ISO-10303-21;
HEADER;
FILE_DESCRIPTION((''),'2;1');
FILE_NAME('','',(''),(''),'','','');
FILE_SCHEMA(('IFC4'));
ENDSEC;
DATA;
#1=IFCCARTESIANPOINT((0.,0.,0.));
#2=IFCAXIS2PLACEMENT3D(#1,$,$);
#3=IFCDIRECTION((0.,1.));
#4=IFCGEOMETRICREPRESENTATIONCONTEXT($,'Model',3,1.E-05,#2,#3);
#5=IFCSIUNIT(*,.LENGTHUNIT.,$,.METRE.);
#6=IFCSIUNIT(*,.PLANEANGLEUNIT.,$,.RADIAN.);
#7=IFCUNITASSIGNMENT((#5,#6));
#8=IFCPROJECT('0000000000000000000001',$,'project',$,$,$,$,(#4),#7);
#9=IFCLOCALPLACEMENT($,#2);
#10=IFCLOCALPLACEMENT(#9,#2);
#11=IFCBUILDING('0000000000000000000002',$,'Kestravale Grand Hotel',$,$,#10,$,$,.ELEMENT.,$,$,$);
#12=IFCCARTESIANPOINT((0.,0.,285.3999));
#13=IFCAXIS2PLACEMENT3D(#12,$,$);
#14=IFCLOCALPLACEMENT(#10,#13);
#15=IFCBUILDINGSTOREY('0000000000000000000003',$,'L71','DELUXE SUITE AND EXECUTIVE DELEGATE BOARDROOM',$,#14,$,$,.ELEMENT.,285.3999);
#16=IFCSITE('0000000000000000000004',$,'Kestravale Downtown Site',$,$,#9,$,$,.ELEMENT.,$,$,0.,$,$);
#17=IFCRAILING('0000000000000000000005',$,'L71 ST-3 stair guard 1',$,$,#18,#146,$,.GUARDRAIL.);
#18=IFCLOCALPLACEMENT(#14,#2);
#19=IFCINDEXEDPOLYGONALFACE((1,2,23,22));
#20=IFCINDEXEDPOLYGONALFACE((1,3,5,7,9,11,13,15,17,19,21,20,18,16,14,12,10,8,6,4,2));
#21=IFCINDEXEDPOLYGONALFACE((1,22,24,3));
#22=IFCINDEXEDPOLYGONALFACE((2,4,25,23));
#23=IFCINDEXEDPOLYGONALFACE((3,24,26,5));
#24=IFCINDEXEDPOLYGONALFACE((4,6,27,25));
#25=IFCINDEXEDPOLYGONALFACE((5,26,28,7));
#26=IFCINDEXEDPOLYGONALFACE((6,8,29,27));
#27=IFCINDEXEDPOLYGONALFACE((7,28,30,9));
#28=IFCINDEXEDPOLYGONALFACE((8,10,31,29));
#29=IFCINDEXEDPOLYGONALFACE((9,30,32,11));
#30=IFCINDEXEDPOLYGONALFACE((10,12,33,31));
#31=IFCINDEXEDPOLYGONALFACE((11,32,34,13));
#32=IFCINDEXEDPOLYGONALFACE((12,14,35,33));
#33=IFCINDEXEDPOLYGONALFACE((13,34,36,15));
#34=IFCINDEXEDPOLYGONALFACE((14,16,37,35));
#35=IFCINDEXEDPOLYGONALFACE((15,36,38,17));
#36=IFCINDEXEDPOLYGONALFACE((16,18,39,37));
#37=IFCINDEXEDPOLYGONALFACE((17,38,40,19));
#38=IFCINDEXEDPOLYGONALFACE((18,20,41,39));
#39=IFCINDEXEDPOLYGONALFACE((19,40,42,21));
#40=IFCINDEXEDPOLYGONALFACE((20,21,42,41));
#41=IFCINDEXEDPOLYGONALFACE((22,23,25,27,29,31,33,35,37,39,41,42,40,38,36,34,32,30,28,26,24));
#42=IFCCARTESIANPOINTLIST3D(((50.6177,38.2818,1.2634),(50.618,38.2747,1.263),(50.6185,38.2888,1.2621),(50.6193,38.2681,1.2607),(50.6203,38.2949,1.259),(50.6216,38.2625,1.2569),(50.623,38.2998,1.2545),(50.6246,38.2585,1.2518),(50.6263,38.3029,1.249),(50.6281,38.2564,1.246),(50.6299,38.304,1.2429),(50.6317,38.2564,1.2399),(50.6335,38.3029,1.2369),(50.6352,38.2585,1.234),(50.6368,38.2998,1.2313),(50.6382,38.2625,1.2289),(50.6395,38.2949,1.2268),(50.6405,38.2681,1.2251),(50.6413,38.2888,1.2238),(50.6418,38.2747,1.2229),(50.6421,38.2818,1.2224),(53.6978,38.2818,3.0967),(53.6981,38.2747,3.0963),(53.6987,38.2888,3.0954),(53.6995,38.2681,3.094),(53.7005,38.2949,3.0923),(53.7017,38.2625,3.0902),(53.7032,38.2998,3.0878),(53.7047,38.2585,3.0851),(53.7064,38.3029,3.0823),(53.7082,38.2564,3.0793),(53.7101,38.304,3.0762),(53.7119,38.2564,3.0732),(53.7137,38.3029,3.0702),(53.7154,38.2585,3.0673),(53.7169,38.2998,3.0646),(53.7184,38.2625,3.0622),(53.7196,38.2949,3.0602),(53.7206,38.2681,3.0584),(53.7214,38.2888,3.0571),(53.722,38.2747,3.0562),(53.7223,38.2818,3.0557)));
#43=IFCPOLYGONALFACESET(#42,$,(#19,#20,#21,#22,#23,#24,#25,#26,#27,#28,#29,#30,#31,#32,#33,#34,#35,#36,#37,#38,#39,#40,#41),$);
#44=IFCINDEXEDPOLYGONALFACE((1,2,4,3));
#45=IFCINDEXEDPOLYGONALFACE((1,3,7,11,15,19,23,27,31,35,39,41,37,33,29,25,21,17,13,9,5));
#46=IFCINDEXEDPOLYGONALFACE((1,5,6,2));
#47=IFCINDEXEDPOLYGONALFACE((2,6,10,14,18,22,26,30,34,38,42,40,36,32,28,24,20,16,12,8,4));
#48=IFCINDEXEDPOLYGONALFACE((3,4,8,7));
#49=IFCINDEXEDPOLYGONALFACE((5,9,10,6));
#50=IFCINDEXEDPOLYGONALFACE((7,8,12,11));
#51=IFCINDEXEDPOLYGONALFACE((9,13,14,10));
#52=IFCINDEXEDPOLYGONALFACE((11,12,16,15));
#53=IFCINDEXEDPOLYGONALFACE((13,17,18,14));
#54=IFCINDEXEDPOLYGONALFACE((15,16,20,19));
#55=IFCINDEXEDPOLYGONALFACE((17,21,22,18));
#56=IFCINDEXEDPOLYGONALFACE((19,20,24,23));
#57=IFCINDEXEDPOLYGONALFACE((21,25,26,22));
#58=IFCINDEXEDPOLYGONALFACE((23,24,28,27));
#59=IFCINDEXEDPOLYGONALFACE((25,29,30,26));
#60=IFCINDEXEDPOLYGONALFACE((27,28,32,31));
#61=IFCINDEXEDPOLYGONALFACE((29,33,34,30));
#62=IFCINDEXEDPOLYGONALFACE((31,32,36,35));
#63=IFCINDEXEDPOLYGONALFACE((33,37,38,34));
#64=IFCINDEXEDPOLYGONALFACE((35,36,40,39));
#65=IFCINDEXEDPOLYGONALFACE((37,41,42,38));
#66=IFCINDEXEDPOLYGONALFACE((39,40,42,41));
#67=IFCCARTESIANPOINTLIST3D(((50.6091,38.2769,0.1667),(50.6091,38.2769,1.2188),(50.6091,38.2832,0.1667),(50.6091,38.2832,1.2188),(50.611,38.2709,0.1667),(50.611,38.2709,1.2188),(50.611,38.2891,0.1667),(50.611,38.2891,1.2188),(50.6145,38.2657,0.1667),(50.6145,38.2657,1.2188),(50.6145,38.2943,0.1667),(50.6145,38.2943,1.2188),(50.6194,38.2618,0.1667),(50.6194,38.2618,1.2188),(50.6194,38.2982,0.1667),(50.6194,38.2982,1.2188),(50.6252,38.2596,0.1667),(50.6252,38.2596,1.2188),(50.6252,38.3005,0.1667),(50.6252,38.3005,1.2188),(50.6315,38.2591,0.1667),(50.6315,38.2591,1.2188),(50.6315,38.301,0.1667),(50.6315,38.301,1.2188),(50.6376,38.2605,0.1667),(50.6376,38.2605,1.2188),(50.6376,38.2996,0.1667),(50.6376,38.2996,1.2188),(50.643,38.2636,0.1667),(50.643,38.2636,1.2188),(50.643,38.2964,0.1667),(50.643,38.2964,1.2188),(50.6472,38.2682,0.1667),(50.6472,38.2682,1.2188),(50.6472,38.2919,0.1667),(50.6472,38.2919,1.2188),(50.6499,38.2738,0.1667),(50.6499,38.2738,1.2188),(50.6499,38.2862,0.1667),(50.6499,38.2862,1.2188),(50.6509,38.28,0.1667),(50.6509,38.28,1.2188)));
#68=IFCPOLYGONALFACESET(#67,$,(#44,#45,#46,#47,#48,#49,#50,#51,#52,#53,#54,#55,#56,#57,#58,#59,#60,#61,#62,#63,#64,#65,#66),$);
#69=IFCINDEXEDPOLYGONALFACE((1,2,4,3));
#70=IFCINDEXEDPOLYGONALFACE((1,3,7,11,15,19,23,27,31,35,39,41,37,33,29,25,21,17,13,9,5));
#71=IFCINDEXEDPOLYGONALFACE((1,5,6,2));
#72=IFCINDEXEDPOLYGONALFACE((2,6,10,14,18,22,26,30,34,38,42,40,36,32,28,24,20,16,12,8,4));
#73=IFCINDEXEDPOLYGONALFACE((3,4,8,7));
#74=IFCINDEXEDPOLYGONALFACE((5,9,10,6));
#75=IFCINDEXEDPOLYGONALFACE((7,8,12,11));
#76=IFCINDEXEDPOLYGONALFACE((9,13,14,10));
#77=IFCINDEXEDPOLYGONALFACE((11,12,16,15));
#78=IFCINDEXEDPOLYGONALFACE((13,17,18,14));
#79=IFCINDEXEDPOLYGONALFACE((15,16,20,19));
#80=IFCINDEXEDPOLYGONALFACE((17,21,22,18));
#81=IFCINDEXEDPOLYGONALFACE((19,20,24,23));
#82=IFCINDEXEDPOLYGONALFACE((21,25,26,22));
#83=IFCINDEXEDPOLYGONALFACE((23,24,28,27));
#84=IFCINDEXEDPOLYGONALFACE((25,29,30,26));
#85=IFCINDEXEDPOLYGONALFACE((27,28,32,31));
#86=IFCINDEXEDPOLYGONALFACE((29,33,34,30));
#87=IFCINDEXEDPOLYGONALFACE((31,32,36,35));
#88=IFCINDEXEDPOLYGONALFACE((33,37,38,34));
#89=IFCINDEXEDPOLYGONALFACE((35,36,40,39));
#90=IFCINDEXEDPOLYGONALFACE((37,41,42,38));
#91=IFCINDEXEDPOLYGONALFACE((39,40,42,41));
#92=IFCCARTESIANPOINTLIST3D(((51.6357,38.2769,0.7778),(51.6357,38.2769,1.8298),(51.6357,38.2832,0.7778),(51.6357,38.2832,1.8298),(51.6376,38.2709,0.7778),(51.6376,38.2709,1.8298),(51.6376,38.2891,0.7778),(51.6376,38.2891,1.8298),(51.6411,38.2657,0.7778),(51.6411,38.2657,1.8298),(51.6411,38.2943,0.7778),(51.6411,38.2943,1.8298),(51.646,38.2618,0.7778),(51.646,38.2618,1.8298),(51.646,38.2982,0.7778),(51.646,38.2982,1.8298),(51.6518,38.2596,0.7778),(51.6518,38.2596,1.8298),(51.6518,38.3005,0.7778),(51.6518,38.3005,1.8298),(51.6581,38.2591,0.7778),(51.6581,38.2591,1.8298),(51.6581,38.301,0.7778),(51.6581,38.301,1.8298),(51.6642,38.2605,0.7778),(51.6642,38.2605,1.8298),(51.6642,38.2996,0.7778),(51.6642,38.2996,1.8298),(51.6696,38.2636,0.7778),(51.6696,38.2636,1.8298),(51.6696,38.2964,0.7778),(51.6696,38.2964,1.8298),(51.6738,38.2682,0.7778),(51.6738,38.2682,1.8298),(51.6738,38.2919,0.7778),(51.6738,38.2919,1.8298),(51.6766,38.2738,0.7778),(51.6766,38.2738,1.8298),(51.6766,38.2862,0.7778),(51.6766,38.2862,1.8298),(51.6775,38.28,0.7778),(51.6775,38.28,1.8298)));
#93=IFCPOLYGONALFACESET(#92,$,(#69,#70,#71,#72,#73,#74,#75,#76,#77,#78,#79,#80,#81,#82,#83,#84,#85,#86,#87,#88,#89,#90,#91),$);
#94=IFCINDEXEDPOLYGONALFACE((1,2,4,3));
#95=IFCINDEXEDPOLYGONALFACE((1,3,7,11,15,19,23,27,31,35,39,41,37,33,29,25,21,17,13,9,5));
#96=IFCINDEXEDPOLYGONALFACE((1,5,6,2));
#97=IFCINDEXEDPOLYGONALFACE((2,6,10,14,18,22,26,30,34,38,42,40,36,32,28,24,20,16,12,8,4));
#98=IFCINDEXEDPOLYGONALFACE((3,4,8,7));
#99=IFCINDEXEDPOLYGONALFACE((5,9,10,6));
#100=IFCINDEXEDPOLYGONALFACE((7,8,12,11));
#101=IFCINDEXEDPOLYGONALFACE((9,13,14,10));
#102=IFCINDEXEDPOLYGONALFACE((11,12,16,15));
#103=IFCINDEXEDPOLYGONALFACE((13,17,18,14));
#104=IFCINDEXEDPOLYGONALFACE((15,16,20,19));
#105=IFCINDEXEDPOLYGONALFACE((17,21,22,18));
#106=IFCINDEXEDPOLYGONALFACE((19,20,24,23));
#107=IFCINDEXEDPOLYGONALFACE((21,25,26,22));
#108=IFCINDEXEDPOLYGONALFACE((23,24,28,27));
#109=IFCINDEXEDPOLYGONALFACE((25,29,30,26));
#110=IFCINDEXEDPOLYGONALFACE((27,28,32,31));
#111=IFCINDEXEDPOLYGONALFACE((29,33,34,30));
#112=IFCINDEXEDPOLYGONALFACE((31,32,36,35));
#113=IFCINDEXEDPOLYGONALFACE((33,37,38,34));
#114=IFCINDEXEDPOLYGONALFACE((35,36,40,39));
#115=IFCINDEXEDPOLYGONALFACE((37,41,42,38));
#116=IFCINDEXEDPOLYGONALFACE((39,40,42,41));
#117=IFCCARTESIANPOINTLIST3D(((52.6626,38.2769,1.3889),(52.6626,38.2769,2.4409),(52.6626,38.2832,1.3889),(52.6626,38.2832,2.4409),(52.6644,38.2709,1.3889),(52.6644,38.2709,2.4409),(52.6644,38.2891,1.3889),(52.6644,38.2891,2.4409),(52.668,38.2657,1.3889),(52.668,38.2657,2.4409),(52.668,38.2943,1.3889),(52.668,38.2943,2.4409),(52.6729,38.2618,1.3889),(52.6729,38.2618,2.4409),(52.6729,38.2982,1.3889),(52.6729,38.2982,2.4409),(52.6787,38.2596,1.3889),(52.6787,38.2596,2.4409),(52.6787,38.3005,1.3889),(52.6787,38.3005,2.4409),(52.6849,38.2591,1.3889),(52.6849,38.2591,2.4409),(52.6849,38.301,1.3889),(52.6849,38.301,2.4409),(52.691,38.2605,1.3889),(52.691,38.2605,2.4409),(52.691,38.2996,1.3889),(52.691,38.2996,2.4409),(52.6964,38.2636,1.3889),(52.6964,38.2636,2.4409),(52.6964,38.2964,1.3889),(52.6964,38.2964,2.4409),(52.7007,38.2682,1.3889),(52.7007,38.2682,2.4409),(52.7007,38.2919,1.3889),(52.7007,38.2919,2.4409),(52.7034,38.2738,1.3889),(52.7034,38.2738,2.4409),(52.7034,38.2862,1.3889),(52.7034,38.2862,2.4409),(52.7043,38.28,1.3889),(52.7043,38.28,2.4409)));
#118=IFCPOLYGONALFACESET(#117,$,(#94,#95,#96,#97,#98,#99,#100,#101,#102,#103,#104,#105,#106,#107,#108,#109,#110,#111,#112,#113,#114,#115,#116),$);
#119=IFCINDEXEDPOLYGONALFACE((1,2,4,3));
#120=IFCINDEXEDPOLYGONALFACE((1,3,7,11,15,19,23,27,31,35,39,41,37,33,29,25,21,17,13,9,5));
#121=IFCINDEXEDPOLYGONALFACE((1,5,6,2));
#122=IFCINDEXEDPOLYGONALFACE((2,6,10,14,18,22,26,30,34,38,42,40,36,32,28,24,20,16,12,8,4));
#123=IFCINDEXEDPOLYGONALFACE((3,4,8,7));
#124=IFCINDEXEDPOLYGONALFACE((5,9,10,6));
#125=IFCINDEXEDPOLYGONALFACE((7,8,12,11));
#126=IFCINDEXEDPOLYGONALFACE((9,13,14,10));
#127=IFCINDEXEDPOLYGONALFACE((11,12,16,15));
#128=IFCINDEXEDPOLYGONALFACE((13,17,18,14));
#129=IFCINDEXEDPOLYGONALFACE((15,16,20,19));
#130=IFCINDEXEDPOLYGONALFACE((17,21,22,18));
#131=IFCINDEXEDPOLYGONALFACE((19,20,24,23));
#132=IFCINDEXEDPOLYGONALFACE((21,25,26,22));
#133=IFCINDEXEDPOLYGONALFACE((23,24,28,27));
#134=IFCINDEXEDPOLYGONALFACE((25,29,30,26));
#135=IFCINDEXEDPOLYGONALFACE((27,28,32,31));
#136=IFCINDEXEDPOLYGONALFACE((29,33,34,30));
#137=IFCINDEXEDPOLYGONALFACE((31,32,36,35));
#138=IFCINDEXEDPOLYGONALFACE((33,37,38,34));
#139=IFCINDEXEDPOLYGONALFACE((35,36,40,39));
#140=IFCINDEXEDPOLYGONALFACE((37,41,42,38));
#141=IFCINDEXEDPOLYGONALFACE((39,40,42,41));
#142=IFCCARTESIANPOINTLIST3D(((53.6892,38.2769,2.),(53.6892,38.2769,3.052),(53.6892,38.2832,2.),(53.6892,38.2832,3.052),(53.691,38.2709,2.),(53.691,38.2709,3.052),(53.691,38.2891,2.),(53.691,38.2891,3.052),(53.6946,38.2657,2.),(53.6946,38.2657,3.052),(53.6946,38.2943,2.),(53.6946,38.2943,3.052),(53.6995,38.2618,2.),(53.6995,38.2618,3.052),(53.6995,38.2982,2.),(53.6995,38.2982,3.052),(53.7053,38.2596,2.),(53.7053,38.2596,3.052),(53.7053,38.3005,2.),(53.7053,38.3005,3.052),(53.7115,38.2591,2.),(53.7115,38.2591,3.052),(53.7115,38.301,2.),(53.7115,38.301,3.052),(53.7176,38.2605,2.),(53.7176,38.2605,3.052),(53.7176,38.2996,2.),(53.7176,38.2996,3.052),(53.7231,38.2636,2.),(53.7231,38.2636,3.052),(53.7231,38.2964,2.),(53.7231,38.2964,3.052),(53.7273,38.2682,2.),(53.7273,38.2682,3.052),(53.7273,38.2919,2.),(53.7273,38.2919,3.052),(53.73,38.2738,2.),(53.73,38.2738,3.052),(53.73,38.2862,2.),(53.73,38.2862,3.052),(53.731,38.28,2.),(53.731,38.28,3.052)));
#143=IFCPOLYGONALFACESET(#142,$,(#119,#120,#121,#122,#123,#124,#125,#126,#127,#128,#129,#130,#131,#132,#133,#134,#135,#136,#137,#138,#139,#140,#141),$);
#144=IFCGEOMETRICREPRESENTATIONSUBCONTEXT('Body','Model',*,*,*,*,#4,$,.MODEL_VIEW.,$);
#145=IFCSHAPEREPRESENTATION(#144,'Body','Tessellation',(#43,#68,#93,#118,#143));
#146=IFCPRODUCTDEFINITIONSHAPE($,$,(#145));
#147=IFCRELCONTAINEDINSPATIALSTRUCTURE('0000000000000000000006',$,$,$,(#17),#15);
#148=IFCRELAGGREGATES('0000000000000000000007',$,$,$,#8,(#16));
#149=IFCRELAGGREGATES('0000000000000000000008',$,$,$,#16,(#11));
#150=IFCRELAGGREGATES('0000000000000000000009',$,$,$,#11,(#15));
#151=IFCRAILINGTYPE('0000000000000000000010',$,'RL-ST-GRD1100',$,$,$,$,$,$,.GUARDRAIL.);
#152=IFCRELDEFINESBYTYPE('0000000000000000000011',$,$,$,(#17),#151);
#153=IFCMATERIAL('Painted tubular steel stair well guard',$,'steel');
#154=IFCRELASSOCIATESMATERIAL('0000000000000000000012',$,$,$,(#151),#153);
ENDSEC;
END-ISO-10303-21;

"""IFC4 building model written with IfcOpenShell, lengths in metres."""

from ifc_helpers import new_model, si_unit, direction, frame, origin, origin_2d, place, context, subcontext, project, spatial, circle, extrude, material, type_object, element, save


model = new_model("IFC4")

# Units and contexts
model_context = context("Model", 3, precision=1e-05, world=origin(), true_north=direction((0.0, 1.0)))
body_context = subcontext(model_context, "Body", "Model", "MODEL_VIEW")
ifc_project = project(units=[si_unit("LENGTHUNIT", "METRE"), si_unit("PLANEANGLEUNIT", "RADIAN")], contexts=[model_context])

# Site, building, storey
site_placement = place(None, origin())
site = spatial("IfcSite", under=ifc_project, at=site_placement, Name="Kestravale Downtown Site", CompositionType="ELEMENT", RefElevation=0.0)
building_placement = place(site_placement, origin())
building = spatial("IfcBuilding", under=site, at=building_placement, Name="Kestravale Grand Hotel", CompositionType="ELEMENT")
storey_placement = place(building_placement, frame((0.0, 0.0, 285.3999)))
storey = spatial("IfcBuildingStorey", under=building, at=storey_placement, Name="L71", Description="DELUXE SUITE AND EXECUTIVE DELEGATE BOARDROOM", CompositionType="ELEMENT", Elevation=285.3999)

# Railing
ifc_material_1 = material(Name="Painted tubular steel stair well guard", Category="steel")
railing_type_1 = type_object("IfcRailingType", Name="RL-ST-GRD1100", PredefinedType="GUARDRAIL", material=ifc_material_1)
railing_1_placement = place(storey_placement, frame((50.6299, 38.28, 0.1667)))
element("IfcRailing", 1, at=railing_1_placement, inside=storey, type_object=railing_type_1, Name="L71 ST-3 stair guard 1", PredefinedType="GUARDRAIL", context=body_context, shape_type="SweptSolid", body=[
    extrude(circle(Radius=0.0239, at=origin_2d()), frame((0.0, 0.0, 1.0762), z_axis=(0.859309, 0.0, 0.511458), x_axis=(0.0, 1.0, 0.0)), (0.0, 0.0, 1.0), 3.5845),
    extrude(circle(Radius=0.021, at=origin_2d()), origin(), (0.0, 0.0, 1.0), 1.052),
    extrude(circle(Radius=0.021, at=origin_2d()), frame((1.0266, 0.0, 0.6111)), (0.0, 0.0, 1.0), 1.052),
    extrude(circle(Radius=0.021, at=origin_2d()), frame((2.0535, 0.0, 1.2222)), (0.0, 0.0, 1.0), 1.052),
    extrude(circle(Radius=0.021, at=origin_2d()), frame((3.0801, 0.0, 1.8333)), (0.0, 0.0, 1.0), 1.052),
])

save(model, "model.ifc")
